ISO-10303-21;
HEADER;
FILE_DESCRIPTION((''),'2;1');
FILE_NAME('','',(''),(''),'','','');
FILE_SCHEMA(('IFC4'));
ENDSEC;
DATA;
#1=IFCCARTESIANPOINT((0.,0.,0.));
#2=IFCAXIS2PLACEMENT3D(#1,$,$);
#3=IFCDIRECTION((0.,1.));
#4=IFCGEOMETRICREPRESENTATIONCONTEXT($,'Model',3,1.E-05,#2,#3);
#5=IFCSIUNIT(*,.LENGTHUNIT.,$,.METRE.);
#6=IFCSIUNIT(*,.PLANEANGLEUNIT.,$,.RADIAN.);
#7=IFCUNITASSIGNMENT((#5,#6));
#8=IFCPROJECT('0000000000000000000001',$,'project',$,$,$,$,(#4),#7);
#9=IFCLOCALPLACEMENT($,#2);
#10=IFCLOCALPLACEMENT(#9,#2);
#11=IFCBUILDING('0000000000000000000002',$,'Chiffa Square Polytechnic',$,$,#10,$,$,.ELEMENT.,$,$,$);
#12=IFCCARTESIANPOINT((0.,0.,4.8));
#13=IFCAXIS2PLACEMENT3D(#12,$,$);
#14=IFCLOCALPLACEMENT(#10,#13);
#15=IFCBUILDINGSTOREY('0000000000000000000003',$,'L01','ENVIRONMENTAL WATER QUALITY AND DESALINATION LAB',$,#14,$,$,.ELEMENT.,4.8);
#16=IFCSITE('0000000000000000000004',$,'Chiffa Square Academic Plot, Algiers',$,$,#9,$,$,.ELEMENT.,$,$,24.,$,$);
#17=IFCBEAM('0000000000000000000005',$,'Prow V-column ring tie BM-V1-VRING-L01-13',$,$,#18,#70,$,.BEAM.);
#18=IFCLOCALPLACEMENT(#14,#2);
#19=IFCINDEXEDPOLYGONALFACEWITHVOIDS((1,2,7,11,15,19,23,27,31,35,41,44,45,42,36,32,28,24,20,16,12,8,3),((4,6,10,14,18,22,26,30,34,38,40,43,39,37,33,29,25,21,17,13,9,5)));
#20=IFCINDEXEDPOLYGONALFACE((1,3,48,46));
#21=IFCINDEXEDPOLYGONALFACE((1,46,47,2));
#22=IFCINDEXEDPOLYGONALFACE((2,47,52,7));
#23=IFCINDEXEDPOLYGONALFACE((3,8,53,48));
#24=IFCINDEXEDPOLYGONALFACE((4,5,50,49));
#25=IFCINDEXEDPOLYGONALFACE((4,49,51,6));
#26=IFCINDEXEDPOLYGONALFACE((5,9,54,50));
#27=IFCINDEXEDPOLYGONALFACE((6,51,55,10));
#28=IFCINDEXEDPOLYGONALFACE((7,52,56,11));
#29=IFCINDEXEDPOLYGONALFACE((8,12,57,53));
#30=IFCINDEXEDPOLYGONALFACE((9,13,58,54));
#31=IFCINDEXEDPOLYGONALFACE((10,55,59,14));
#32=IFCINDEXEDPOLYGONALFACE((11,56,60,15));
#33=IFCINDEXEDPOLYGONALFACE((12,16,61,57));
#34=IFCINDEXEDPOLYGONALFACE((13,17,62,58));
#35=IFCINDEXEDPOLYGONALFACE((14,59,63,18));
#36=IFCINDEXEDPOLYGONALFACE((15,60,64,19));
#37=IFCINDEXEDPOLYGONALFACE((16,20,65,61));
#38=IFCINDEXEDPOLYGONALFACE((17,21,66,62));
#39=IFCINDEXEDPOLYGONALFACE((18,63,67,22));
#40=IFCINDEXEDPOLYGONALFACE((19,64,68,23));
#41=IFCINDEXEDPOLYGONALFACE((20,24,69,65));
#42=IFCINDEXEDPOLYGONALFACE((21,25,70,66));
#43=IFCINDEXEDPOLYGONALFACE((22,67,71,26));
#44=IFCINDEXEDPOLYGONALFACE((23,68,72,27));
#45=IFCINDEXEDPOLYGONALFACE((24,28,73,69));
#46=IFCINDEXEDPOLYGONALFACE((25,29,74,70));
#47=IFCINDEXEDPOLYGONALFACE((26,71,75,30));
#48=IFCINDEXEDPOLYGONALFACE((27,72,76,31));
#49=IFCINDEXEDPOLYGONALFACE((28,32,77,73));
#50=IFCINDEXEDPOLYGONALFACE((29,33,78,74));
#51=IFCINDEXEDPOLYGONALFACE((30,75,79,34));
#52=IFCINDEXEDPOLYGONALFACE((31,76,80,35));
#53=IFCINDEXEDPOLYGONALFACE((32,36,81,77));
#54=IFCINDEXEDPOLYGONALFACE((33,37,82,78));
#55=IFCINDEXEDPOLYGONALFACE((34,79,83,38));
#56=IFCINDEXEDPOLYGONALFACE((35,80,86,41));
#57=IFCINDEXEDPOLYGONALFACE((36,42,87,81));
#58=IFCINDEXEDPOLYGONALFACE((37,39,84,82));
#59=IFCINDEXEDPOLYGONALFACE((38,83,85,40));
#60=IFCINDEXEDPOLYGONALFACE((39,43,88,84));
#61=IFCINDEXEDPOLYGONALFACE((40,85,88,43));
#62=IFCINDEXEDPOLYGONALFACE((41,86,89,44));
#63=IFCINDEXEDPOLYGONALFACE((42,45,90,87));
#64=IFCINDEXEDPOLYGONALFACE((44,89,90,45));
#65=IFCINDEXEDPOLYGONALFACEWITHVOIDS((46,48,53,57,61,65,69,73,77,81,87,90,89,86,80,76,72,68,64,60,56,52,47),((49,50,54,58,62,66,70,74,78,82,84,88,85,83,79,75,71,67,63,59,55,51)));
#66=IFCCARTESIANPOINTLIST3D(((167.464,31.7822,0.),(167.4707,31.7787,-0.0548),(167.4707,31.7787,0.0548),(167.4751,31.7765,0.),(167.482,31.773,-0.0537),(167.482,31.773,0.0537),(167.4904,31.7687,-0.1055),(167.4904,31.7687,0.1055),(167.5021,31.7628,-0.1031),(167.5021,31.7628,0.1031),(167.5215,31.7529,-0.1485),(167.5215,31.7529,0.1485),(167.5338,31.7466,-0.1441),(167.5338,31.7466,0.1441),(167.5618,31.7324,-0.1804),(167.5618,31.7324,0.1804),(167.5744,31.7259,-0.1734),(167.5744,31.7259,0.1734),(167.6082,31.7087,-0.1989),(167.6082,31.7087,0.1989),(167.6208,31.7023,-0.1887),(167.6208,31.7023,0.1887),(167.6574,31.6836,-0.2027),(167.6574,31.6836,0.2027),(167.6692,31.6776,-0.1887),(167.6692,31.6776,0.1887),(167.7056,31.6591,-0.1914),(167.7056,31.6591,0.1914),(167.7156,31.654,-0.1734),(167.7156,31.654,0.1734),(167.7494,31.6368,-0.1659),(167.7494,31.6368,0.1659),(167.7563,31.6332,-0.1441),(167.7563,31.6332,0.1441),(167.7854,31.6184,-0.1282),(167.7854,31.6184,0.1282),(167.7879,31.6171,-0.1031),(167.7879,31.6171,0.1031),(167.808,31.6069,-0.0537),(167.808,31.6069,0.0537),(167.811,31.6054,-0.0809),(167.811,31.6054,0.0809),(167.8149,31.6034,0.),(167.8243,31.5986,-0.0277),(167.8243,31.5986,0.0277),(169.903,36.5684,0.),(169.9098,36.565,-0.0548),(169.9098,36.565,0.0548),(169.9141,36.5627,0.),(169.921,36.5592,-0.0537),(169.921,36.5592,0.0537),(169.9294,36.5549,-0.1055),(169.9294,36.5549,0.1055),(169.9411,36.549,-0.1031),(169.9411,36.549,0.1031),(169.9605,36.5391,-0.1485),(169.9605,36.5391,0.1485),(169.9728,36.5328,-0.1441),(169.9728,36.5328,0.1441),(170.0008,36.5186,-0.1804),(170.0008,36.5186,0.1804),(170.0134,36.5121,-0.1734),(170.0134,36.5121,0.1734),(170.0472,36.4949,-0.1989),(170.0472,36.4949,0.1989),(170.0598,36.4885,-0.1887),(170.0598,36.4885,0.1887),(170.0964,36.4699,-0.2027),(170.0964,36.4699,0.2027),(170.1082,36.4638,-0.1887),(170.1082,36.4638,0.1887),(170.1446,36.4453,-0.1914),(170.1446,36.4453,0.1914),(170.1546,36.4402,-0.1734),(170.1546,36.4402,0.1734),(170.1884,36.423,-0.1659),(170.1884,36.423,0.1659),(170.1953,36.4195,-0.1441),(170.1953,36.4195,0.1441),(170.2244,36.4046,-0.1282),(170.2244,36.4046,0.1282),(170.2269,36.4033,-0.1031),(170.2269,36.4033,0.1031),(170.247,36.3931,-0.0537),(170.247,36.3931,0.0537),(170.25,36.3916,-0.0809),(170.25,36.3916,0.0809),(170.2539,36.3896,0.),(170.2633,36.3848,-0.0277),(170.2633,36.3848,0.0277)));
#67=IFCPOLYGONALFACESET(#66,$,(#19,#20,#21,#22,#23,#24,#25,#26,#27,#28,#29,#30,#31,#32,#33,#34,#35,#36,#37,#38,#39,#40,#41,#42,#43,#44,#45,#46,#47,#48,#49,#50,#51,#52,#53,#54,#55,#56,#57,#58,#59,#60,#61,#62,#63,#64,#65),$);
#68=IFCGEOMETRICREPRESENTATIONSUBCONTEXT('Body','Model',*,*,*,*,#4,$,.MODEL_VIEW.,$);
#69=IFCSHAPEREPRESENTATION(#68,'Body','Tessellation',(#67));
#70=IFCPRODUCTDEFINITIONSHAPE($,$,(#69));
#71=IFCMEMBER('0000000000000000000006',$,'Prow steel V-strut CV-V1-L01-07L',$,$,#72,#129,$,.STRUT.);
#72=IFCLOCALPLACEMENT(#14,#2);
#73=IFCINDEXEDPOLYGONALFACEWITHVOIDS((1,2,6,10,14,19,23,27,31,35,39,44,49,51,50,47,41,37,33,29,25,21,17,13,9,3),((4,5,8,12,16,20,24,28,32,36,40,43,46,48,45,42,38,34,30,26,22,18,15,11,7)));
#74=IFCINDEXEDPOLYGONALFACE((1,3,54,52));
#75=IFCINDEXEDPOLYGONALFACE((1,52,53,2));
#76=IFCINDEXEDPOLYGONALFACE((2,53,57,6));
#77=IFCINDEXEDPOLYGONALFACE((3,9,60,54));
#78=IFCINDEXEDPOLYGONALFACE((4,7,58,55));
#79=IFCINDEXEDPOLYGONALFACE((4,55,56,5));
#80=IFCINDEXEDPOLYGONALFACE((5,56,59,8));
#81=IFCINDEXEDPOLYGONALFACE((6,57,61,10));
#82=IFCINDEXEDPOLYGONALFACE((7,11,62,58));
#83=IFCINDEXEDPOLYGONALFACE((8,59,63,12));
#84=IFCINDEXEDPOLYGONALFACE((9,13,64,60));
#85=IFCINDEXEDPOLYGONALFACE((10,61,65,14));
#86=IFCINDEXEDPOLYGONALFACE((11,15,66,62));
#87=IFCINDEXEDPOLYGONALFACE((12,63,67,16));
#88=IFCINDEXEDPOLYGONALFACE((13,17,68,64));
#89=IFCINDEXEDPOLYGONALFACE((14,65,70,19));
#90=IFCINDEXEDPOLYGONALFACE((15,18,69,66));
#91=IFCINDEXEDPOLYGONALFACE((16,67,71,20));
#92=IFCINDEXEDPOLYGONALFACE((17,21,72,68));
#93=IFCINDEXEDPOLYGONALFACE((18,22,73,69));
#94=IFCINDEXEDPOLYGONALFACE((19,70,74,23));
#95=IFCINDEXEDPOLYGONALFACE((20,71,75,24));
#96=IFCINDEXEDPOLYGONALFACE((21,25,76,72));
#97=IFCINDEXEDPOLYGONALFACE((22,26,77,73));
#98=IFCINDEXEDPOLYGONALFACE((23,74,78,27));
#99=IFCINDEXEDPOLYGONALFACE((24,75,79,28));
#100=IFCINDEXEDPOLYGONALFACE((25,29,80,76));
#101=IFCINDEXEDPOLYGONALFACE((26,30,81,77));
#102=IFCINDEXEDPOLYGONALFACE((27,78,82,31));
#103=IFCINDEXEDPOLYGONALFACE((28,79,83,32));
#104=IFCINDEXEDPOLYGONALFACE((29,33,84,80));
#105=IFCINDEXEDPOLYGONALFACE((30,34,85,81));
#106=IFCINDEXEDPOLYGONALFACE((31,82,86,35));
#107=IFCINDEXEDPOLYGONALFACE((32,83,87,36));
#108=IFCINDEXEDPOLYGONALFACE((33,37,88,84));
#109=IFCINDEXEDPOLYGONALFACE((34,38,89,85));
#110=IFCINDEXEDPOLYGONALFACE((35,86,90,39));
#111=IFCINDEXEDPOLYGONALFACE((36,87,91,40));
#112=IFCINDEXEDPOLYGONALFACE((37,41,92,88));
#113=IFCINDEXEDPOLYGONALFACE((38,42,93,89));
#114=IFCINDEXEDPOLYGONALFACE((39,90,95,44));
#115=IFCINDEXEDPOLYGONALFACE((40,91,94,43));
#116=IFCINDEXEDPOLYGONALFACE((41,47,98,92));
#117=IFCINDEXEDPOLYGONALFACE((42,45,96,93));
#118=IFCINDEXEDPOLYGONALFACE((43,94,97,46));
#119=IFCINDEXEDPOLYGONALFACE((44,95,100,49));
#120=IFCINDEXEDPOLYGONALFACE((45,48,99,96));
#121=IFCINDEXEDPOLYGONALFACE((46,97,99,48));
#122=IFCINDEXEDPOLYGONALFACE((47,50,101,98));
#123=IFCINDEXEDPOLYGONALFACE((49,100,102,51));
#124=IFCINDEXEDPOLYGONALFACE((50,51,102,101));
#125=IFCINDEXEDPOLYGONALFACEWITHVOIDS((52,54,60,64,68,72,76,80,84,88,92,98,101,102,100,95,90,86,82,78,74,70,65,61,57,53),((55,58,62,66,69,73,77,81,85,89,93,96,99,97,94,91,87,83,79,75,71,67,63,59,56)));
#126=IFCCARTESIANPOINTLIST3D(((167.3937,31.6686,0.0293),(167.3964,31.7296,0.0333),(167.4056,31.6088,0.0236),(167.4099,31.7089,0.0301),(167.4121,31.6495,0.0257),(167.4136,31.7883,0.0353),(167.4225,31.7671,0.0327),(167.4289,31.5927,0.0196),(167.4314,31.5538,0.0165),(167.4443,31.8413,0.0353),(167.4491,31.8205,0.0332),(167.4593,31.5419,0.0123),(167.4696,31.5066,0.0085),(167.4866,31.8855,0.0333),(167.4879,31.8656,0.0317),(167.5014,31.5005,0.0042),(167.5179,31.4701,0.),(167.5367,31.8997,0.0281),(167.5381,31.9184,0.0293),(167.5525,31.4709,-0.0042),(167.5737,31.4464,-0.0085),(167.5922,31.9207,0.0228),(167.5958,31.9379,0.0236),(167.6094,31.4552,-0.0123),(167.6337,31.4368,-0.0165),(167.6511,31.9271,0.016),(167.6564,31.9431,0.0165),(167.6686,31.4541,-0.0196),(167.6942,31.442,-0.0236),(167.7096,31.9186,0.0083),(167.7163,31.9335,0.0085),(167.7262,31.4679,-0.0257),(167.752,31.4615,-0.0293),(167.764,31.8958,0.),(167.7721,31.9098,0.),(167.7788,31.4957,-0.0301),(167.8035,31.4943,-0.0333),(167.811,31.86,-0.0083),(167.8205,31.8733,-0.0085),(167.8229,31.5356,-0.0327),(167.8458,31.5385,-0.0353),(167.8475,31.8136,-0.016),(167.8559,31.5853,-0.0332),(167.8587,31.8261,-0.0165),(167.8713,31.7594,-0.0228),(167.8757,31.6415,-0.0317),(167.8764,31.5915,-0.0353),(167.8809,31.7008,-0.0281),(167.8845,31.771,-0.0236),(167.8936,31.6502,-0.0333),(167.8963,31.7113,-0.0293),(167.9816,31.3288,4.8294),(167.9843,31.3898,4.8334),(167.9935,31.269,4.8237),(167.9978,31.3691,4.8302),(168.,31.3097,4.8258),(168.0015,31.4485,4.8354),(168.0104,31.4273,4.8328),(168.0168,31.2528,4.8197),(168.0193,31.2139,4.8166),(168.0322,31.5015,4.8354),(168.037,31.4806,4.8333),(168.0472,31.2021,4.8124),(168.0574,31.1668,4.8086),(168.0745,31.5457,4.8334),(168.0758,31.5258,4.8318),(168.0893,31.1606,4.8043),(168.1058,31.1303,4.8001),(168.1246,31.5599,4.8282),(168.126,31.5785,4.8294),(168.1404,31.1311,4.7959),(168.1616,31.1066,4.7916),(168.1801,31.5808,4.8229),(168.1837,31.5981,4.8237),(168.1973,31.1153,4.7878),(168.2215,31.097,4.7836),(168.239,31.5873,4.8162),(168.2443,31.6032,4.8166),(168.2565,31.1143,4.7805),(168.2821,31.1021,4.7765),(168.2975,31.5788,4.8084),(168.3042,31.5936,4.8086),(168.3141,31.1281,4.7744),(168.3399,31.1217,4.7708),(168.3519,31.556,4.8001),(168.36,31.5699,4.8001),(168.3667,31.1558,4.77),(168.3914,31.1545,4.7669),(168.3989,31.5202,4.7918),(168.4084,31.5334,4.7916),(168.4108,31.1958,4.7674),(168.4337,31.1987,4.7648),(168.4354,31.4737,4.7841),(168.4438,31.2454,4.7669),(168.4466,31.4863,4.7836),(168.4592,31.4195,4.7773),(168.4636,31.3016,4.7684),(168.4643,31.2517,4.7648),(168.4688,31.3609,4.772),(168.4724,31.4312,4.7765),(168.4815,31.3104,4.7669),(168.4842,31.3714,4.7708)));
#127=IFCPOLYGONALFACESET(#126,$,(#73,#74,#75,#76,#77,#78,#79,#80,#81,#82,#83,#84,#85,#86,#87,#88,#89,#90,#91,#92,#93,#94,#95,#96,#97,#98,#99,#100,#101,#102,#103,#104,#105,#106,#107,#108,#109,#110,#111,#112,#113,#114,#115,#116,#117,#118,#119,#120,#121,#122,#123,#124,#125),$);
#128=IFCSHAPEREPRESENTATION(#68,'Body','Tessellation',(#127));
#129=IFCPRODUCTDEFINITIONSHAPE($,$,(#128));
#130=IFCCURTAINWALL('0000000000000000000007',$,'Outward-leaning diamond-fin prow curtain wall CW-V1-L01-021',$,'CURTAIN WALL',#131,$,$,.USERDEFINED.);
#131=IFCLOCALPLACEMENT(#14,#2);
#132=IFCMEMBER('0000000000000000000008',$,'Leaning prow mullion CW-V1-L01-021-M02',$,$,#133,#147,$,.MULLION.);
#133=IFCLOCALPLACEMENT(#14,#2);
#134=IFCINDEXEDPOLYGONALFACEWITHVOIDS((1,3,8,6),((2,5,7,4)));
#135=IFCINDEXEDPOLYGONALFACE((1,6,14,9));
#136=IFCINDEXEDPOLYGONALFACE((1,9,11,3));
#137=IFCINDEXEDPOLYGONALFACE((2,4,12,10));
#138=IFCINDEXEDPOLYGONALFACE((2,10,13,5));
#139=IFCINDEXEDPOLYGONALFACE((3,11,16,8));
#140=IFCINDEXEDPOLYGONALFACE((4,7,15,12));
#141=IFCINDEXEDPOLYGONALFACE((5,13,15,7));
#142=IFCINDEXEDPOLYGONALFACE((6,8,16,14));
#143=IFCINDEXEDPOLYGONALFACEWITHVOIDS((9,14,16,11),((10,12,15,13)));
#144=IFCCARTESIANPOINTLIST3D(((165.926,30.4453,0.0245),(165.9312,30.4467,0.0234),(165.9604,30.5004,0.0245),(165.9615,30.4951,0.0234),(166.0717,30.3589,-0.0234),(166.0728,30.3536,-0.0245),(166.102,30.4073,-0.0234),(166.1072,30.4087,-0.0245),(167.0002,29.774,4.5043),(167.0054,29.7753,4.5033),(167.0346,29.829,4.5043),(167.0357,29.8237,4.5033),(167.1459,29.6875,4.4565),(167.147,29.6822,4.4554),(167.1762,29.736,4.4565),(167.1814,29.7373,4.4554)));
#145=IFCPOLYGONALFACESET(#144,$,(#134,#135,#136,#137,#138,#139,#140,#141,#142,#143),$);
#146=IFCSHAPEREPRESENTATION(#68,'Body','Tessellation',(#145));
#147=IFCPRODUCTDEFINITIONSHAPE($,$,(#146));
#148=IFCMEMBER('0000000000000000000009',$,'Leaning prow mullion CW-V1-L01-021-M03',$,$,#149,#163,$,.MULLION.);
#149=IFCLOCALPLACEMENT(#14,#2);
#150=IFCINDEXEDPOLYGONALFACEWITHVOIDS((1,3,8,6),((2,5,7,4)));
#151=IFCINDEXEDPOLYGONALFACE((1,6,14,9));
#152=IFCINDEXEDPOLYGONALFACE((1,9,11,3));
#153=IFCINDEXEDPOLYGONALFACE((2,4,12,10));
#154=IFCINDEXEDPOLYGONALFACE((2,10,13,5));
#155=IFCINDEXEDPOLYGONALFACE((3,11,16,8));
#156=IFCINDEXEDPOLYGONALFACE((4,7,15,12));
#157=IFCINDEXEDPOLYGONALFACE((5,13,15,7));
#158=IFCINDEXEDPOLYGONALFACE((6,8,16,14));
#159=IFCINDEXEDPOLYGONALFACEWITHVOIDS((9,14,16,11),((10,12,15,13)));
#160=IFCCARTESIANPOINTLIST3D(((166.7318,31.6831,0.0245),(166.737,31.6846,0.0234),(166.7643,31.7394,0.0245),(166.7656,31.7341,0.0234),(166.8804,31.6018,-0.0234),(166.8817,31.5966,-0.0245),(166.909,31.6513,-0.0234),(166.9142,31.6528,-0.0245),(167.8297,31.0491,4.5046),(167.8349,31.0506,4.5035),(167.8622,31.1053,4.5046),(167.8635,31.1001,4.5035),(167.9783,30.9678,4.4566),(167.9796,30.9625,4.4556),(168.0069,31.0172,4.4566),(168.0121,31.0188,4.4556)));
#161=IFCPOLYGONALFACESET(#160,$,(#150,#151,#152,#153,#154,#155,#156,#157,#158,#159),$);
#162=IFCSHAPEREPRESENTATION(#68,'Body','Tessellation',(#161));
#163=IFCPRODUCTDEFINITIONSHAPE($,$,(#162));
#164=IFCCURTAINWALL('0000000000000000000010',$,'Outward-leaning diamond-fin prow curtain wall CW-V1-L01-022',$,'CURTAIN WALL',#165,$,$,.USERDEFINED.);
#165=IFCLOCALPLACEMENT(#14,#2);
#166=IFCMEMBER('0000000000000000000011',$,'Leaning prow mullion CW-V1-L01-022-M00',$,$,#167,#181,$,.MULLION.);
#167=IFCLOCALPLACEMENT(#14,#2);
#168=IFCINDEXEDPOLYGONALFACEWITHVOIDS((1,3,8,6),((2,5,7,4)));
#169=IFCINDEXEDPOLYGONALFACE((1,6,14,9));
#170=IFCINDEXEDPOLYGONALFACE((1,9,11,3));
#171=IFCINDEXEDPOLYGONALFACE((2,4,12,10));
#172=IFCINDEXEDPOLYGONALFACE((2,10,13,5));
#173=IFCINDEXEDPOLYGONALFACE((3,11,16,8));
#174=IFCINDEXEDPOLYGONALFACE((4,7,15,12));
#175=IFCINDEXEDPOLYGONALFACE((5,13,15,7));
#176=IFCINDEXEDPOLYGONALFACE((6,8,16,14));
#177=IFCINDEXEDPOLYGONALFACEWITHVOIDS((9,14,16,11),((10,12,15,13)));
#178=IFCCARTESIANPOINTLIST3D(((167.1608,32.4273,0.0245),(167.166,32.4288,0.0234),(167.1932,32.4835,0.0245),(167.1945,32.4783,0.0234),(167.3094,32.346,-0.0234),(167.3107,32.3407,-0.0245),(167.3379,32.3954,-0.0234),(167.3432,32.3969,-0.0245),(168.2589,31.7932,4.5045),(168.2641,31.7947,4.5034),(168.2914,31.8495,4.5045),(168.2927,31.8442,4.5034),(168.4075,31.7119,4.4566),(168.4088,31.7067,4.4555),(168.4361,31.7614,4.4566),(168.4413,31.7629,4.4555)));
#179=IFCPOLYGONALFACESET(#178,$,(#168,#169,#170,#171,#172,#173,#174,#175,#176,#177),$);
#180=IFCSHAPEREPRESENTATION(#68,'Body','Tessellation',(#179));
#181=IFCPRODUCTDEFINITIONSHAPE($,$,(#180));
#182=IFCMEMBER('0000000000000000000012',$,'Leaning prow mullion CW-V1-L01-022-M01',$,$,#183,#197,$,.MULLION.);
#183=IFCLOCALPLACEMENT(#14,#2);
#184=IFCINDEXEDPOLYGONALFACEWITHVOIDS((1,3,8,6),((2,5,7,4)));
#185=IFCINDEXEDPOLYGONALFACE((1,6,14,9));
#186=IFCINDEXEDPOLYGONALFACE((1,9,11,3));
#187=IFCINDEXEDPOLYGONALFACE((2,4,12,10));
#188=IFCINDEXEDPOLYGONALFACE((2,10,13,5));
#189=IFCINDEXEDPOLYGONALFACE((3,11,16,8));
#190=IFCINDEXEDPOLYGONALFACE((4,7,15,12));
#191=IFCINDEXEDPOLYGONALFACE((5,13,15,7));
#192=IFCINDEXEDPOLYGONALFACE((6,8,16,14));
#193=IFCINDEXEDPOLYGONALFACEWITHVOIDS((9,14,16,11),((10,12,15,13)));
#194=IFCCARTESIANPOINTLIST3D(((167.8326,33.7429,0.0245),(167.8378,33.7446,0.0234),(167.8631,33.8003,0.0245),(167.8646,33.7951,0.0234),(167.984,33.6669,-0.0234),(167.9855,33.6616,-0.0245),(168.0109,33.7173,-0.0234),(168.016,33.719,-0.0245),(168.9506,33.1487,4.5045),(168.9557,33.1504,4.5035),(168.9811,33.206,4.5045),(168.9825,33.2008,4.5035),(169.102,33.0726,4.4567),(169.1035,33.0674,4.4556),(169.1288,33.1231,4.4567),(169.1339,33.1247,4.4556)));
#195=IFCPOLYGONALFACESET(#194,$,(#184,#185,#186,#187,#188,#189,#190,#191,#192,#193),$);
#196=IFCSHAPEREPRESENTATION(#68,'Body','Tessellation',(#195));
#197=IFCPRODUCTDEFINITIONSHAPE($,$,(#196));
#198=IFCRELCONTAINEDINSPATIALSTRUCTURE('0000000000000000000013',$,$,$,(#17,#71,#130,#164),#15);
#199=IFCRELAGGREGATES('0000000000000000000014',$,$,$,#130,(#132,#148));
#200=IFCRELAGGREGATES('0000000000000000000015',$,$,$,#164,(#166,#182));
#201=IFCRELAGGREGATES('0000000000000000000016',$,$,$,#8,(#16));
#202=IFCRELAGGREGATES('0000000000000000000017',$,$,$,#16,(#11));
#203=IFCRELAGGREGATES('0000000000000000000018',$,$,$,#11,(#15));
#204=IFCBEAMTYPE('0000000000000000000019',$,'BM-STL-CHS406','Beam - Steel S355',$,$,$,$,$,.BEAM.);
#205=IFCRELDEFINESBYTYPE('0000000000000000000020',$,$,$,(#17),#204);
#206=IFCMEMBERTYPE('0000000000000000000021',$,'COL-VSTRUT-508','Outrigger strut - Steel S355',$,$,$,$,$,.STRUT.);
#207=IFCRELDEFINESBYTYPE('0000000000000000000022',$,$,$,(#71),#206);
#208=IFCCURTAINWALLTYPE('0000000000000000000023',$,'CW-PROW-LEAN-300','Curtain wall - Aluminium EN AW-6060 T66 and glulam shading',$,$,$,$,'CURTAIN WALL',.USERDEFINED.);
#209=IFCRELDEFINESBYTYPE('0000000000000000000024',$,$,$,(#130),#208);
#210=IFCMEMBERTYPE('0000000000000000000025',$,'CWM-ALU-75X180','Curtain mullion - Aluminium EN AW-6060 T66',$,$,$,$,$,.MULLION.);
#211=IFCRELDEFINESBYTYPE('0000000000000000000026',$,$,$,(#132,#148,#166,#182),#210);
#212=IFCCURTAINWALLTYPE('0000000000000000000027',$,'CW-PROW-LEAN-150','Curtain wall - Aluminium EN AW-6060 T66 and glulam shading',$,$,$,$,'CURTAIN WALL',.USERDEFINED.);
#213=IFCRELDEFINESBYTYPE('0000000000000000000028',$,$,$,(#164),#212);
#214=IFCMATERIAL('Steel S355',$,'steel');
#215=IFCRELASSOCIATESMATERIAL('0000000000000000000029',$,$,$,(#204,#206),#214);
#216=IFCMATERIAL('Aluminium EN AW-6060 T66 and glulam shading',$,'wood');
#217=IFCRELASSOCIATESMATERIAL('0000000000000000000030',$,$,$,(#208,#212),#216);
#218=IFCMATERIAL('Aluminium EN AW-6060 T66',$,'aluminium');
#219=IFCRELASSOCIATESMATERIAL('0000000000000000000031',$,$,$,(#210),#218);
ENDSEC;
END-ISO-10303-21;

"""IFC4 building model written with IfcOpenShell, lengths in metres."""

from ifc_helpers import new_model, si_unit, direction, frame, origin, origin_2d, place, context, subcontext, project, spatial, hollow_rectangle, hollow_circle, extrude, material, material_profile, profile_set, type_object, element, aggregate, save


model = new_model("IFC4")

# Units and contexts
model_context = context("Model", 3, precision=1e-05, world=origin(), true_north=direction((0.0, 1.0)))
body_context = subcontext(model_context, "Body", "Model", "MODEL_VIEW")
ifc_project = project(units=[si_unit("LENGTHUNIT", "METRE"), si_unit("PLANEANGLEUNIT", "RADIAN")], contexts=[model_context])

# Site, building, storey
site_placement = place(None, origin())
site = spatial("IfcSite", under=ifc_project, at=site_placement, Name="Chiffa Square Academic Plot, Algiers", CompositionType="ELEMENT", RefElevation=24.0)
building_placement = place(site_placement, origin())
building = spatial("IfcBuilding", under=site, at=building_placement, Name="Chiffa Square Polytechnic", CompositionType="ELEMENT")
storey_placement = place(building_placement, frame((0.0, 0.0, 4.8)))
storey = spatial("IfcBuildingStorey", under=building, at=storey_placement, Name="L01", Description="ENVIRONMENTAL WATER QUALITY AND DESALINATION LAB", CompositionType="ELEMENT", Elevation=4.8)

# Beam
ifc_material_1 = material(Name="Steel S355", Category="steel")
ifc_material_profile_1 = material_profile(ifc_material_1, hollow_circle(Radius=0.2031, WallThickness=0.0125, at=origin_2d()), Name="CHS 406.4x12.5")
ifc_profile_set_1 = profile_set([ifc_material_profile_1], Name="Steel S355")
beam_type = type_object("IfcBeamType", Name="BM-STL-CHS406", Description="Beam - Steel S355", PredefinedType="BEAM", material=ifc_profile_set_1)
beam_placement = place(storey_placement, frame((167.645, 31.6899, 0.0), z_axis=(0.454036, 0.890983, 0.0), x_axis=(-0.890983, 0.454036, 0.0)))
element("IfcBeam", 1, at=beam_placement, inside=storey, type_object=beam_type, Name="Prow V-column ring tie BM-V1-VRING-L01-13", PredefinedType="BEAM", context=body_context, shape_type="SweptSolid", body=[
    extrude(hollow_circle(Radius=0.2031, WallThickness=0.0125, at=origin_2d()), origin(), (0.0, 0.0, 1.0), 5.3718),
])

# Member
ifc_material_profile_2 = material_profile(ifc_material_1, hollow_circle(Radius=0.2539, WallThickness=0.0161, at=origin_2d()), Name="CHS 508x16")
ifc_profile_set_2 = profile_set([ifc_material_profile_2], Name="Steel S355")
member_type_1 = type_object("IfcMemberType", Name="COL-VSTRUT-508", Description="Outrigger strut - Steel S355", PredefinedType="STRUT", material=ifc_profile_set_2)
member_1_placement = place(storey_placement, frame((167.645, 31.6899, 0.0), z_axis=(0.121269, -0.070102, 0.990141), x_axis=(0.500469, 0.865754, 0.0)))
element("IfcMember", 2, at=member_1_placement, inside=storey, type_object=member_type_1, Name="Prow steel V-strut CV-V1-L01-07L", PredefinedType="STRUT", context=body_context, shape_type="SweptSolid", body=[
    extrude(hollow_circle(Radius=0.2539, WallThickness=0.0161, at=origin_2d()), origin(), (0.0, 0.0, 1.0), 4.8479),
])

# Curtain walls, members
ifc_material_2 = material(Name="Aluminium EN AW-6060 T66 and glulam shading", Category="wood")
curtain_wall_type_1 = type_object("IfcCurtainWallType", Name="CW-PROW-LEAN-300", Description="Curtain wall - Aluminium EN AW-6060 T66 and glulam shading", ElementType="CURTAIN WALL", PredefinedType="USERDEFINED", material=ifc_material_2)
curtain_wall_1_placement = place(storey_placement, origin())
curtain_wall_1 = element("IfcCurtainWall", 3, at=curtain_wall_1_placement, inside=storey, type_object=curtain_wall_type_1, Name="Outward-leaning diamond-fin prow curtain wall CW-V1-L01-021", ObjectType="CURTAIN WALL", PredefinedType="USERDEFINED")
ifc_material_3 = material(Name="Aluminium EN AW-6060 T66", Category="aluminium")
ifc_material_profile_3 = material_profile(ifc_material_3, hollow_rectangle(XDim=0.0649, YDim=0.1799, WallThickness=0.0039, at=origin_2d()), Name="ALU 65x180x4")
ifc_profile_set_3 = profile_set([ifc_material_profile_3], Name="Aluminium EN AW-6060 T66")
member_type_2 = type_object("IfcMemberType", Name="CWM-ALU-75X180", Description="Curtain mullion - Aluminium EN AW-6060 T66", PredefinedType="MULLION", material=ifc_profile_set_3)
member_2_placement = place(storey_placement, frame((166.0166, 30.427, 0.0), z_axis=(0.230735, -0.14421, 0.962271), x_axis=(0.529999, 0.847998, 0.0)))
member_2 = element("IfcMember", 4, at=member_2_placement, type_object=member_type_2, Name="Leaning prow mullion CW-V1-L01-021-M02", PredefinedType="MULLION", context=body_context, shape_type="SweptSolid", body=[
    extrude(hollow_rectangle(XDim=0.0649, YDim=0.1799, WallThickness=0.0039, at=origin_2d()), origin(), (0.0, 0.0, 1.0), 4.6555),
])
member_3_placement = place(storey_placement, frame((166.823, 31.668, 0.0), z_axis=(0.235807, -0.136178, 0.962211), x_axis=(0.500095, 0.865971, 0.0)))
member_3 = element("IfcMember", 5, at=member_3_placement, type_object=member_type_2, Name="Leaning prow mullion CW-V1-L01-021-M03", PredefinedType="MULLION", context=body_context, shape_type="SweptSolid", body=[
    extrude(hollow_rectangle(XDim=0.0649, YDim=0.1799, WallThickness=0.0039, at=origin_2d()), origin(), (0.0, 0.0, 1.0), 4.656),
])
curtain_wall_type_2 = type_object("IfcCurtainWallType", Name="CW-PROW-LEAN-150", Description="Curtain wall - Aluminium EN AW-6060 T66 and glulam shading", ElementType="CURTAIN WALL", PredefinedType="USERDEFINED", material=ifc_material_2)
curtain_wall_2_placement = place(storey_placement, origin())
curtain_wall_2 = element("IfcCurtainWall", 6, at=curtain_wall_2_placement, inside=storey, type_object=curtain_wall_type_2, Name="Outward-leaning diamond-fin prow curtain wall CW-V1-L01-022", ObjectType="CURTAIN WALL", PredefinedType="USERDEFINED")
member_4_placement = place(storey_placement, frame((167.252, 32.4121, 0.0), z_axis=(0.235857, -0.136176, 0.962199), x_axis=(0.500011, 0.866019, 0.0)))
member_4 = element("IfcMember", 7, at=member_4_placement, type_object=member_type_2, Name="Leaning prow mullion CW-V1-L01-022-M00", PredefinedType="MULLION", context=body_context, shape_type="SweptSolid", body=[
    extrude(hollow_rectangle(XDim=0.0649, YDim=0.1799, WallThickness=0.0039, at=origin_2d()), origin(), (0.0, 0.0, 1.0), 4.656),
])
member_5_placement = place(storey_placement, frame((167.9243, 33.731, 0.0), z_axis=(0.240132, -0.127644, 0.962312), x_axis=(0.469367, 0.883003, 0.0)))
member_5 = element("IfcMember", 8, at=member_5_placement, type_object=member_type_2, Name="Leaning prow mullion CW-V1-L01-022-M01", PredefinedType="MULLION", context=body_context, shape_type="SweptSolid", body=[
    extrude(hollow_rectangle(XDim=0.0649, YDim=0.1799, WallThickness=0.0039, at=origin_2d()), origin(), (0.0, 0.0, 1.0), 4.6555),
])

aggregate(curtain_wall_1, [member_2, member_3])
aggregate(curtain_wall_2, [member_4, member_5])

save(model, "model.ifc")
